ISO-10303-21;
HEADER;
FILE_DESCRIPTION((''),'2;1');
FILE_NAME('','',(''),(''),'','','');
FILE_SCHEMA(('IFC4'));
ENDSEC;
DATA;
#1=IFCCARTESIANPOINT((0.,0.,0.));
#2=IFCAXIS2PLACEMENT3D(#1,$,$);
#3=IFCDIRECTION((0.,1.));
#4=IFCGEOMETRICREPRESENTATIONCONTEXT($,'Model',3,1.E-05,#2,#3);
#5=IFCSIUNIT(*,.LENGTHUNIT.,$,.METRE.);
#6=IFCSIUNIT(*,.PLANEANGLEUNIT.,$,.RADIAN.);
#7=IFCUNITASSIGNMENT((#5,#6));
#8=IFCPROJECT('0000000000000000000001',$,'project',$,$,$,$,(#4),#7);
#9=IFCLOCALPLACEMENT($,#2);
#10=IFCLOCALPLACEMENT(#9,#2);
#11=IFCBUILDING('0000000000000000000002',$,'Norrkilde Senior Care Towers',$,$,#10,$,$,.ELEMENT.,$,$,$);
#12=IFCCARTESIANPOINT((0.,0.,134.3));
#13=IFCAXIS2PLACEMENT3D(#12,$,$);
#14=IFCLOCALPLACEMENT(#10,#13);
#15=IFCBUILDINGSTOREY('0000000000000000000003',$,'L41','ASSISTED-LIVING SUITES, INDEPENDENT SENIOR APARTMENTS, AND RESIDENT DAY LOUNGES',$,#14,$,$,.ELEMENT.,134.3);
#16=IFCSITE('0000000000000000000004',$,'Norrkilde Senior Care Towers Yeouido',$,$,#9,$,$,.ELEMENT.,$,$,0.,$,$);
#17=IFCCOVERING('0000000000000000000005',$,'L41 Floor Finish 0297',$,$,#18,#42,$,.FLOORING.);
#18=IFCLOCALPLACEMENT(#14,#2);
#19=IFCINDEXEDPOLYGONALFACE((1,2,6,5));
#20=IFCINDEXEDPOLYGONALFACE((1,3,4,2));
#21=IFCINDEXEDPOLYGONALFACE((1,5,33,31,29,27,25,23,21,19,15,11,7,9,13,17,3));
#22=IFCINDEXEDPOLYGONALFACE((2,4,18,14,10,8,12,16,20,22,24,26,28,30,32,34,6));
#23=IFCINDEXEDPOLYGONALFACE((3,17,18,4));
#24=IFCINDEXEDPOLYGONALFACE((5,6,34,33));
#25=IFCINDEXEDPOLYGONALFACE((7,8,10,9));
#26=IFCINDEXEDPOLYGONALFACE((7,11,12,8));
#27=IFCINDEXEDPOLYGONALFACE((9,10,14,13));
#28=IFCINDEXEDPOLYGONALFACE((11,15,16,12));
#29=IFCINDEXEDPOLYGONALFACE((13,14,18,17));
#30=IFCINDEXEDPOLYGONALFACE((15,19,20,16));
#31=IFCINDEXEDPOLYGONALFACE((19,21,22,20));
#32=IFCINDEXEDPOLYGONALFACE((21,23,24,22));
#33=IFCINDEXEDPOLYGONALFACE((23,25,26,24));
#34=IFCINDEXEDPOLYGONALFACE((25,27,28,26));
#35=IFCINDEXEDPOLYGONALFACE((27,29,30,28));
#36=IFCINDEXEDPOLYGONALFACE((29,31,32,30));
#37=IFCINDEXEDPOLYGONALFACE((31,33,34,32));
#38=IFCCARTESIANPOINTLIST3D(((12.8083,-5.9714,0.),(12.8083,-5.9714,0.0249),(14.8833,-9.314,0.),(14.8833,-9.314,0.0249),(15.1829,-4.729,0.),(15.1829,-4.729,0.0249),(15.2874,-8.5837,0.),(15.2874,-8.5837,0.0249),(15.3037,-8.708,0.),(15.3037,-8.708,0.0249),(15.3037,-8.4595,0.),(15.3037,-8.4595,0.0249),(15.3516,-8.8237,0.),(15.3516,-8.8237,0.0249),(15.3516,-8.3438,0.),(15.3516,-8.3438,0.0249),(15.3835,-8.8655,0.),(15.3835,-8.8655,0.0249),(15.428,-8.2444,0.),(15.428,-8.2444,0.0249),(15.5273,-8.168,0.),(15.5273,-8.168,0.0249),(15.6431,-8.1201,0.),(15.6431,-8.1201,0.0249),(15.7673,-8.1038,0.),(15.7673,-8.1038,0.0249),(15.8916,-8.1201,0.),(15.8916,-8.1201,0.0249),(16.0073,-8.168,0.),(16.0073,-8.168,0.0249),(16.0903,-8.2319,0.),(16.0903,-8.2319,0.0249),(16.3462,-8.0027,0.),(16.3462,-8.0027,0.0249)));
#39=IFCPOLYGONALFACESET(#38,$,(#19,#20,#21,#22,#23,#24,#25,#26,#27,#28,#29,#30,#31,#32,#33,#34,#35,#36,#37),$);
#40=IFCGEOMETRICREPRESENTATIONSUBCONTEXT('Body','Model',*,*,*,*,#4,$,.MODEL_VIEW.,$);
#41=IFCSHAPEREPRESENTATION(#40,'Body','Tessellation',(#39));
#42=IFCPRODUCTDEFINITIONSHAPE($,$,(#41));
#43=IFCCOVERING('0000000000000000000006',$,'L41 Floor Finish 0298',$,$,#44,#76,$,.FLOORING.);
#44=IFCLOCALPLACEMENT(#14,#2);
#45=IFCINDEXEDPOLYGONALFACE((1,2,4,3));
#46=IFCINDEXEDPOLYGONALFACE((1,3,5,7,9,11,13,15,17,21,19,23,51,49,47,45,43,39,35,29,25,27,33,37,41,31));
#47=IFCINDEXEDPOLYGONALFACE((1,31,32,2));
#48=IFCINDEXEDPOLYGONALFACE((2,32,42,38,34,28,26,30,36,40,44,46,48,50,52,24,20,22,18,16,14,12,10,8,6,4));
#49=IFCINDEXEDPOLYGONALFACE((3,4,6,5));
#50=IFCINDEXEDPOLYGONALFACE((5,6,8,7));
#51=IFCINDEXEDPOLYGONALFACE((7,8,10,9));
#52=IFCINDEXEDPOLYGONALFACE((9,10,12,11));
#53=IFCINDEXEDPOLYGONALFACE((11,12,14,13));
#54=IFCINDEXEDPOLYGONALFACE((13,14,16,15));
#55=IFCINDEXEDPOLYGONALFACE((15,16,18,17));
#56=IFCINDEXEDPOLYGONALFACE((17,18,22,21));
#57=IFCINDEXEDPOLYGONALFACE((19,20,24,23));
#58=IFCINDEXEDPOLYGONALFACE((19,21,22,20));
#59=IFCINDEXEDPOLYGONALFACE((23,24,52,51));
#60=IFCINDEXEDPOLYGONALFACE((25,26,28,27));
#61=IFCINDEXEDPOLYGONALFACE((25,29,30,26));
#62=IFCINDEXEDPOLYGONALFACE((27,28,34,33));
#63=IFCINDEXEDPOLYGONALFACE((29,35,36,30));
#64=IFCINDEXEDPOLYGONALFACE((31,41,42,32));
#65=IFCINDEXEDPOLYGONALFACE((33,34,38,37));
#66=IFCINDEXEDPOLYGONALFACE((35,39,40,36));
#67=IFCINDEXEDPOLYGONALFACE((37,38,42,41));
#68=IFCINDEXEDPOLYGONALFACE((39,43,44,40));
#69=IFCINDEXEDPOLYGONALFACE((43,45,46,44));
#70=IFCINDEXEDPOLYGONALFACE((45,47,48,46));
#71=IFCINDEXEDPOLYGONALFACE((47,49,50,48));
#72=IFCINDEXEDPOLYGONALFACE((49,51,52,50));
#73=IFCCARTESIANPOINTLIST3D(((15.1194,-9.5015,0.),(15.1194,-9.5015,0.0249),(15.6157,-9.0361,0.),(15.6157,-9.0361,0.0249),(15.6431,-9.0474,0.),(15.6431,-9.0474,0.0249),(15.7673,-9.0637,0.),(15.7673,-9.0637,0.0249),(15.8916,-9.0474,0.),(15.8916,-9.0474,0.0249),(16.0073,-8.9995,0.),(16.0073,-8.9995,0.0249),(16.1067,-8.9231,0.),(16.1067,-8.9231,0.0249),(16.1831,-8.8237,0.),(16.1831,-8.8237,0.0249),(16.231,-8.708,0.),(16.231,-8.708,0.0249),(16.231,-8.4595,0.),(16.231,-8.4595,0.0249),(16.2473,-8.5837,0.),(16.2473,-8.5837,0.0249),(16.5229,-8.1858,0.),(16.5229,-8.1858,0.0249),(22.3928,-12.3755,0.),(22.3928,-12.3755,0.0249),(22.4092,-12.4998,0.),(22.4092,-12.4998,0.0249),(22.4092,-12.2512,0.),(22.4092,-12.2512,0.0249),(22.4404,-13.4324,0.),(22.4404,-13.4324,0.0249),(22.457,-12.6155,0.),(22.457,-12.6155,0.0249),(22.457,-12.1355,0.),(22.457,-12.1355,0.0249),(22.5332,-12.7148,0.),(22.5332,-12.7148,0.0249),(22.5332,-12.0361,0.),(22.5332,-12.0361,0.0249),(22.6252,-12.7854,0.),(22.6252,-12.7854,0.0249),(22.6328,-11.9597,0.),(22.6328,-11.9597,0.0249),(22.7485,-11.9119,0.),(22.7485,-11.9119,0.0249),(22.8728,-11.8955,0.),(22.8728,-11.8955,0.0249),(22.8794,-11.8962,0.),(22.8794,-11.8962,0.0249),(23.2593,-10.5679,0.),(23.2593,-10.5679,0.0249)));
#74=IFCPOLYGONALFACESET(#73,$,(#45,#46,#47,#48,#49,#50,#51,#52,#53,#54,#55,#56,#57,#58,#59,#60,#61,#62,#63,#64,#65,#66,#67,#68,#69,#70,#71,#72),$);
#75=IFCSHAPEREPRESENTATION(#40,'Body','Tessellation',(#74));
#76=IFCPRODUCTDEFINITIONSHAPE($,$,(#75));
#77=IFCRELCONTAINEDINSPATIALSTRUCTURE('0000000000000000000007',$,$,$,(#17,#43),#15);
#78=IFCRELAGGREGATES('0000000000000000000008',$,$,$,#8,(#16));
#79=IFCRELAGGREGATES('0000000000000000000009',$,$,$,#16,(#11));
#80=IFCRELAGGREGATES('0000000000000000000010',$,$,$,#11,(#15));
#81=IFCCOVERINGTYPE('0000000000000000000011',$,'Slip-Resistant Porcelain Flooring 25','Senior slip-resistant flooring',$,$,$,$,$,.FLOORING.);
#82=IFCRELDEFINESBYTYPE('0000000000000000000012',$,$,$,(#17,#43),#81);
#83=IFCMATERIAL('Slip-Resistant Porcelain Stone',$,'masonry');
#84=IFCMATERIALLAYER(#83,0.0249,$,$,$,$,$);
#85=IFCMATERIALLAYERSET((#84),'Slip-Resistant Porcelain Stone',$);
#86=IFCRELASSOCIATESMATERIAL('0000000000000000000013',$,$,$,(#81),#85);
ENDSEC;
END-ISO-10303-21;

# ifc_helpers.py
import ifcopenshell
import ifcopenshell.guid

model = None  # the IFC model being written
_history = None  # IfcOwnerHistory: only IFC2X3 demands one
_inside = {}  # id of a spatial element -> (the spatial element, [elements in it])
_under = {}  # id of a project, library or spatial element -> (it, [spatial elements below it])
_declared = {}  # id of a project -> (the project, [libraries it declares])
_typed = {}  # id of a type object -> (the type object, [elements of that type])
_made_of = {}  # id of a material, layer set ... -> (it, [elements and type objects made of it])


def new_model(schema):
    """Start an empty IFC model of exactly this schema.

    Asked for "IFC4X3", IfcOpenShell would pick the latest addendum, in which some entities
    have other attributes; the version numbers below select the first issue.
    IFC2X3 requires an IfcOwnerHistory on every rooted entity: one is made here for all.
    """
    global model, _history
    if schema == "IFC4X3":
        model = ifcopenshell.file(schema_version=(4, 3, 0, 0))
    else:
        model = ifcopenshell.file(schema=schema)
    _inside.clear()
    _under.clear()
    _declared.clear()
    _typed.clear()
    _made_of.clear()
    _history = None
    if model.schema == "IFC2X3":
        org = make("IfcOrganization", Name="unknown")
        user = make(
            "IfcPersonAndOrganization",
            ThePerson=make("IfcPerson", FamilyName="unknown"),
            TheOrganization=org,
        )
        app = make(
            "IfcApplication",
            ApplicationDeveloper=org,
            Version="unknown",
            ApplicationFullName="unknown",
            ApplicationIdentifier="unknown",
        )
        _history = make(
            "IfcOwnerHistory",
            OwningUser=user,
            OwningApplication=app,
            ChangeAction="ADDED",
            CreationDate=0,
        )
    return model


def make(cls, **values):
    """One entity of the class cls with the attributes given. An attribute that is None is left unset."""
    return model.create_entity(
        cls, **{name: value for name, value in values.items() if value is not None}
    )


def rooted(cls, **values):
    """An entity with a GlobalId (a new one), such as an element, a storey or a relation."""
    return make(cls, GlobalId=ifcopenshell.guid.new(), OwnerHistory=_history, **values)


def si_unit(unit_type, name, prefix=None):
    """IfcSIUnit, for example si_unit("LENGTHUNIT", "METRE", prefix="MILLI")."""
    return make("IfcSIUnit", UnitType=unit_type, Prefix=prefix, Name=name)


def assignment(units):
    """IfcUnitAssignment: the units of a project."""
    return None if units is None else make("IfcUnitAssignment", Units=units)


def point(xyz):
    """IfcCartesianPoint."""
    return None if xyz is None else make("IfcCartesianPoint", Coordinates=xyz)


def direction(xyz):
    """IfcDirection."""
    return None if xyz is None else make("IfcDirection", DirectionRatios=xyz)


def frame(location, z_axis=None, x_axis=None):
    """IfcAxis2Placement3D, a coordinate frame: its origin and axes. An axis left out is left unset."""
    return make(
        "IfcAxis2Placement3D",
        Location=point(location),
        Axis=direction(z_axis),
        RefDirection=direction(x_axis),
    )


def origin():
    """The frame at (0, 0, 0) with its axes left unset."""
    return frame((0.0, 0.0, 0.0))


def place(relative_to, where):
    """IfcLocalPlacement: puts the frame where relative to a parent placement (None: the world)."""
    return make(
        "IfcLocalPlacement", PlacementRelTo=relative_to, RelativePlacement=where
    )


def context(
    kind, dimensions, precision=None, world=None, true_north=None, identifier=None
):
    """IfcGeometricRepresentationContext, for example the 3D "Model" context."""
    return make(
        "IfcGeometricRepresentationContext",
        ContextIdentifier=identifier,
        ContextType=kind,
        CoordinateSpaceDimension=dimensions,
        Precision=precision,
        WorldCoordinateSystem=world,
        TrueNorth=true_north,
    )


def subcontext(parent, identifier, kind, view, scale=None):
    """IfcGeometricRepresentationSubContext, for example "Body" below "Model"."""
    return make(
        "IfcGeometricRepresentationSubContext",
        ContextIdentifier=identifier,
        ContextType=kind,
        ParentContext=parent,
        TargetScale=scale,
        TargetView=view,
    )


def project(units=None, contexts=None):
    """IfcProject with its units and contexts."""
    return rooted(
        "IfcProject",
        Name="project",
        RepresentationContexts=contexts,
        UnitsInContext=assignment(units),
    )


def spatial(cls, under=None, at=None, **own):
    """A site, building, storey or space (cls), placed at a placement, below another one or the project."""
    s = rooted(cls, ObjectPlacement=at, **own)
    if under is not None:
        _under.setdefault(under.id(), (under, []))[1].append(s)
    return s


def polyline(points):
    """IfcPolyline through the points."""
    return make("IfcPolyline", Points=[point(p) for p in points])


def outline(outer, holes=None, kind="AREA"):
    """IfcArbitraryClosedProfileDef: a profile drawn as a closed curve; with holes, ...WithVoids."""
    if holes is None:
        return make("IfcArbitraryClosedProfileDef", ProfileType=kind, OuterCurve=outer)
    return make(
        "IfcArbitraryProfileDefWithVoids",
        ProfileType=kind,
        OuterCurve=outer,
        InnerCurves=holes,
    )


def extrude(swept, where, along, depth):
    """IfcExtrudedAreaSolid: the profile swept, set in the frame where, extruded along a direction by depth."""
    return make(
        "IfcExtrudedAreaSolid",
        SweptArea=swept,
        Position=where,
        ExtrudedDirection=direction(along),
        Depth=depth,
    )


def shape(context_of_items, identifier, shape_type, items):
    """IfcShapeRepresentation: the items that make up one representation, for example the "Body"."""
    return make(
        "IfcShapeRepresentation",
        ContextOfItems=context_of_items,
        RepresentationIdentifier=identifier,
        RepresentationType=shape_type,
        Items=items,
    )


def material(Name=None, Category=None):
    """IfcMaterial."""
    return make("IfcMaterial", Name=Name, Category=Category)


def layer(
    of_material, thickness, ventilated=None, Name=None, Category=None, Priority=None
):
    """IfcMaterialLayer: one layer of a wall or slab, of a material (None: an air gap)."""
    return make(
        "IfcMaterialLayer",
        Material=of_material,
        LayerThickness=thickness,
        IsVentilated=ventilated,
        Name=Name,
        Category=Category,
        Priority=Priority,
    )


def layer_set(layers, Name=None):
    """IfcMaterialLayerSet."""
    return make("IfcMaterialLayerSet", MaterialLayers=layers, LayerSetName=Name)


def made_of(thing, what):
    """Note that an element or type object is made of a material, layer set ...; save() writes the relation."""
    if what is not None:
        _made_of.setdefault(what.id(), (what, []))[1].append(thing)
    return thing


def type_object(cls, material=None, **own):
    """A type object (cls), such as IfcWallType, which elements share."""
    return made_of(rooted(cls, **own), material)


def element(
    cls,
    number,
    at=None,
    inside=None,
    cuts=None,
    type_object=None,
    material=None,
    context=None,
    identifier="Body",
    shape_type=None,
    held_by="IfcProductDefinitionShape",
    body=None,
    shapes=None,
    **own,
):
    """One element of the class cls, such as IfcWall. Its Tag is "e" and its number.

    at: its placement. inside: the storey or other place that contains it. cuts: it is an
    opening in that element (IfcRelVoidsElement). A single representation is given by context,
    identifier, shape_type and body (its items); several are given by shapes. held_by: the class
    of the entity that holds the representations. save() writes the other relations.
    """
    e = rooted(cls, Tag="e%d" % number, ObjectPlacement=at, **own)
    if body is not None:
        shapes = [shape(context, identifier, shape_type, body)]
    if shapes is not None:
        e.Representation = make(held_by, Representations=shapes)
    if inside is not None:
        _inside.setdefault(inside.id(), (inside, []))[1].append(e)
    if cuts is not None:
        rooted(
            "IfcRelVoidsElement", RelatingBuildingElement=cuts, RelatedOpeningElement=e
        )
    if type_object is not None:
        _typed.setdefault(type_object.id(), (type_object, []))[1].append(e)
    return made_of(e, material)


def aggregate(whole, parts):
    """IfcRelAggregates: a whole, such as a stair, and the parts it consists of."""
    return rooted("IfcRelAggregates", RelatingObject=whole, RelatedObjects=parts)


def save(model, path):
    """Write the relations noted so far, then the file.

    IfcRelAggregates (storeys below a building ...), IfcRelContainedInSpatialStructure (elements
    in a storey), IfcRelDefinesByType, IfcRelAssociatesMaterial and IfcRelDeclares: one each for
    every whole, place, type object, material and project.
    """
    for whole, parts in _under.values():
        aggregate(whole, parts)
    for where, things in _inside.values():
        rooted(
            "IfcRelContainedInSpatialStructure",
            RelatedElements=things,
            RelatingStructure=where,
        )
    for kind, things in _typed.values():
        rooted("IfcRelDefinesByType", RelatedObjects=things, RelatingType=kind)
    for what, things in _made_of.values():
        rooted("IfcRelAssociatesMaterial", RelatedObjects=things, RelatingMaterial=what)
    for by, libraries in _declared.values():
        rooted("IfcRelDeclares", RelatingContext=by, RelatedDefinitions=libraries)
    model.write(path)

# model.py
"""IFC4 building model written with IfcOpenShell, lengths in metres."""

from ifc_helpers import new_model, si_unit, direction, frame, origin, place, context, subcontext, project, spatial, polyline, outline, extrude, material, layer, layer_set, type_object, element, save


model = new_model("IFC4")

# Units and contexts
model_context = context("Model", 3, precision=1e-05, world=origin(), true_north=direction((0.0, 1.0)))
body_context = subcontext(model_context, "Body", "Model", "MODEL_VIEW")
ifc_project = project(units=[si_unit("LENGTHUNIT", "METRE"), si_unit("PLANEANGLEUNIT", "RADIAN")], contexts=[model_context])

# Site, building, storey
site_placement = place(None, origin())
site = spatial("IfcSite", under=ifc_project, at=site_placement, Name="Norrkilde Senior Care Towers Yeouido", CompositionType="ELEMENT", RefElevation=0.0)
building_placement = place(site_placement, origin())
building = spatial("IfcBuilding", under=site, at=building_placement, Name="Norrkilde Senior Care Towers", CompositionType="ELEMENT")
storey_placement = place(building_placement, frame((0.0, 0.0, 134.3)))
storey = spatial("IfcBuildingStorey", under=building, at=storey_placement, Name="L41", Description="ASSISTED-LIVING SUITES, INDEPENDENT SENIOR APARTMENTS, AND RESIDENT DAY LOUNGES", CompositionType="ELEMENT", Elevation=134.3)

# Coverings
ifc_material_1 = material(Name="Slip-Resistant Porcelain Stone", Category="masonry")
ifc_layer_1 = layer(ifc_material_1, 0.0249)
ifc_layer_set_1 = layer_set([ifc_layer_1], Name="Slip-Resistant Porcelain Stone")
covering_type_1 = type_object("IfcCoveringType", Name="Slip-Resistant Porcelain Flooring 25", Description="Senior slip-resistant flooring", PredefinedType="FLOORING", material=ifc_layer_set_1)
covering_1_placement = place(storey_placement, origin())
element("IfcCovering", 1, at=covering_1_placement, inside=storey, type_object=covering_type_1, Name="L41 Floor Finish 0297", PredefinedType="FLOORING", context=body_context, shape_type="SweptSolid", body=[
    extrude(outline(polyline([(15.1829, -4.729), (16.3462, -8.0027), (16.0903, -8.2319), (16.0073, -8.168), (15.8916, -8.1201), (15.7673, -8.1038), (15.6431, -8.1201), (15.5273, -8.168), (15.428, -8.2444), (15.3516, -8.3438), (15.3037, -8.4595), (15.2874, -8.5837), (15.3037, -8.708), (15.3516, -8.8237), (15.3835, -8.8655), (14.8833, -9.314), (12.8083, -5.9714), (15.1829, -4.729)])), origin(), (0.0, 0.0, 1.0), 0.0249),
])
covering_2_placement = place(storey_placement, origin())
element("IfcCovering", 2, at=covering_2_placement, inside=storey, type_object=covering_type_1, Name="L41 Floor Finish 0298", PredefinedType="FLOORING", context=body_context, shape_type="SweptSolid", body=[
    extrude(outline(polyline([(15.6431, -9.0474), (15.7673, -9.0637), (15.8916, -9.0474), (16.0073, -8.9995), (16.1067, -8.9231), (16.1831, -8.8237), (16.231, -8.708), (16.2473, -8.5837), (16.231, -8.4595), (16.231, -8.4595), (16.5229, -8.1858), (23.2593, -10.5679), (22.8794, -11.8962), (22.8728, -11.8955), (22.7485, -11.9119), (22.6328, -11.9597), (22.5332, -12.0361), (22.457, -12.1355), (22.4092, -12.2512), (22.3928, -12.3755), (22.4092, -12.4998), (22.457, -12.6155), (22.5332, -12.7148), (22.6252, -12.7854), (22.4404, -13.4324), (15.1194, -9.5015), (15.6157, -9.0361), (15.6431, -9.0474)])), origin(), (0.0, 0.0, 1.0), 0.0249),
])

save(model, "model.ifc")
